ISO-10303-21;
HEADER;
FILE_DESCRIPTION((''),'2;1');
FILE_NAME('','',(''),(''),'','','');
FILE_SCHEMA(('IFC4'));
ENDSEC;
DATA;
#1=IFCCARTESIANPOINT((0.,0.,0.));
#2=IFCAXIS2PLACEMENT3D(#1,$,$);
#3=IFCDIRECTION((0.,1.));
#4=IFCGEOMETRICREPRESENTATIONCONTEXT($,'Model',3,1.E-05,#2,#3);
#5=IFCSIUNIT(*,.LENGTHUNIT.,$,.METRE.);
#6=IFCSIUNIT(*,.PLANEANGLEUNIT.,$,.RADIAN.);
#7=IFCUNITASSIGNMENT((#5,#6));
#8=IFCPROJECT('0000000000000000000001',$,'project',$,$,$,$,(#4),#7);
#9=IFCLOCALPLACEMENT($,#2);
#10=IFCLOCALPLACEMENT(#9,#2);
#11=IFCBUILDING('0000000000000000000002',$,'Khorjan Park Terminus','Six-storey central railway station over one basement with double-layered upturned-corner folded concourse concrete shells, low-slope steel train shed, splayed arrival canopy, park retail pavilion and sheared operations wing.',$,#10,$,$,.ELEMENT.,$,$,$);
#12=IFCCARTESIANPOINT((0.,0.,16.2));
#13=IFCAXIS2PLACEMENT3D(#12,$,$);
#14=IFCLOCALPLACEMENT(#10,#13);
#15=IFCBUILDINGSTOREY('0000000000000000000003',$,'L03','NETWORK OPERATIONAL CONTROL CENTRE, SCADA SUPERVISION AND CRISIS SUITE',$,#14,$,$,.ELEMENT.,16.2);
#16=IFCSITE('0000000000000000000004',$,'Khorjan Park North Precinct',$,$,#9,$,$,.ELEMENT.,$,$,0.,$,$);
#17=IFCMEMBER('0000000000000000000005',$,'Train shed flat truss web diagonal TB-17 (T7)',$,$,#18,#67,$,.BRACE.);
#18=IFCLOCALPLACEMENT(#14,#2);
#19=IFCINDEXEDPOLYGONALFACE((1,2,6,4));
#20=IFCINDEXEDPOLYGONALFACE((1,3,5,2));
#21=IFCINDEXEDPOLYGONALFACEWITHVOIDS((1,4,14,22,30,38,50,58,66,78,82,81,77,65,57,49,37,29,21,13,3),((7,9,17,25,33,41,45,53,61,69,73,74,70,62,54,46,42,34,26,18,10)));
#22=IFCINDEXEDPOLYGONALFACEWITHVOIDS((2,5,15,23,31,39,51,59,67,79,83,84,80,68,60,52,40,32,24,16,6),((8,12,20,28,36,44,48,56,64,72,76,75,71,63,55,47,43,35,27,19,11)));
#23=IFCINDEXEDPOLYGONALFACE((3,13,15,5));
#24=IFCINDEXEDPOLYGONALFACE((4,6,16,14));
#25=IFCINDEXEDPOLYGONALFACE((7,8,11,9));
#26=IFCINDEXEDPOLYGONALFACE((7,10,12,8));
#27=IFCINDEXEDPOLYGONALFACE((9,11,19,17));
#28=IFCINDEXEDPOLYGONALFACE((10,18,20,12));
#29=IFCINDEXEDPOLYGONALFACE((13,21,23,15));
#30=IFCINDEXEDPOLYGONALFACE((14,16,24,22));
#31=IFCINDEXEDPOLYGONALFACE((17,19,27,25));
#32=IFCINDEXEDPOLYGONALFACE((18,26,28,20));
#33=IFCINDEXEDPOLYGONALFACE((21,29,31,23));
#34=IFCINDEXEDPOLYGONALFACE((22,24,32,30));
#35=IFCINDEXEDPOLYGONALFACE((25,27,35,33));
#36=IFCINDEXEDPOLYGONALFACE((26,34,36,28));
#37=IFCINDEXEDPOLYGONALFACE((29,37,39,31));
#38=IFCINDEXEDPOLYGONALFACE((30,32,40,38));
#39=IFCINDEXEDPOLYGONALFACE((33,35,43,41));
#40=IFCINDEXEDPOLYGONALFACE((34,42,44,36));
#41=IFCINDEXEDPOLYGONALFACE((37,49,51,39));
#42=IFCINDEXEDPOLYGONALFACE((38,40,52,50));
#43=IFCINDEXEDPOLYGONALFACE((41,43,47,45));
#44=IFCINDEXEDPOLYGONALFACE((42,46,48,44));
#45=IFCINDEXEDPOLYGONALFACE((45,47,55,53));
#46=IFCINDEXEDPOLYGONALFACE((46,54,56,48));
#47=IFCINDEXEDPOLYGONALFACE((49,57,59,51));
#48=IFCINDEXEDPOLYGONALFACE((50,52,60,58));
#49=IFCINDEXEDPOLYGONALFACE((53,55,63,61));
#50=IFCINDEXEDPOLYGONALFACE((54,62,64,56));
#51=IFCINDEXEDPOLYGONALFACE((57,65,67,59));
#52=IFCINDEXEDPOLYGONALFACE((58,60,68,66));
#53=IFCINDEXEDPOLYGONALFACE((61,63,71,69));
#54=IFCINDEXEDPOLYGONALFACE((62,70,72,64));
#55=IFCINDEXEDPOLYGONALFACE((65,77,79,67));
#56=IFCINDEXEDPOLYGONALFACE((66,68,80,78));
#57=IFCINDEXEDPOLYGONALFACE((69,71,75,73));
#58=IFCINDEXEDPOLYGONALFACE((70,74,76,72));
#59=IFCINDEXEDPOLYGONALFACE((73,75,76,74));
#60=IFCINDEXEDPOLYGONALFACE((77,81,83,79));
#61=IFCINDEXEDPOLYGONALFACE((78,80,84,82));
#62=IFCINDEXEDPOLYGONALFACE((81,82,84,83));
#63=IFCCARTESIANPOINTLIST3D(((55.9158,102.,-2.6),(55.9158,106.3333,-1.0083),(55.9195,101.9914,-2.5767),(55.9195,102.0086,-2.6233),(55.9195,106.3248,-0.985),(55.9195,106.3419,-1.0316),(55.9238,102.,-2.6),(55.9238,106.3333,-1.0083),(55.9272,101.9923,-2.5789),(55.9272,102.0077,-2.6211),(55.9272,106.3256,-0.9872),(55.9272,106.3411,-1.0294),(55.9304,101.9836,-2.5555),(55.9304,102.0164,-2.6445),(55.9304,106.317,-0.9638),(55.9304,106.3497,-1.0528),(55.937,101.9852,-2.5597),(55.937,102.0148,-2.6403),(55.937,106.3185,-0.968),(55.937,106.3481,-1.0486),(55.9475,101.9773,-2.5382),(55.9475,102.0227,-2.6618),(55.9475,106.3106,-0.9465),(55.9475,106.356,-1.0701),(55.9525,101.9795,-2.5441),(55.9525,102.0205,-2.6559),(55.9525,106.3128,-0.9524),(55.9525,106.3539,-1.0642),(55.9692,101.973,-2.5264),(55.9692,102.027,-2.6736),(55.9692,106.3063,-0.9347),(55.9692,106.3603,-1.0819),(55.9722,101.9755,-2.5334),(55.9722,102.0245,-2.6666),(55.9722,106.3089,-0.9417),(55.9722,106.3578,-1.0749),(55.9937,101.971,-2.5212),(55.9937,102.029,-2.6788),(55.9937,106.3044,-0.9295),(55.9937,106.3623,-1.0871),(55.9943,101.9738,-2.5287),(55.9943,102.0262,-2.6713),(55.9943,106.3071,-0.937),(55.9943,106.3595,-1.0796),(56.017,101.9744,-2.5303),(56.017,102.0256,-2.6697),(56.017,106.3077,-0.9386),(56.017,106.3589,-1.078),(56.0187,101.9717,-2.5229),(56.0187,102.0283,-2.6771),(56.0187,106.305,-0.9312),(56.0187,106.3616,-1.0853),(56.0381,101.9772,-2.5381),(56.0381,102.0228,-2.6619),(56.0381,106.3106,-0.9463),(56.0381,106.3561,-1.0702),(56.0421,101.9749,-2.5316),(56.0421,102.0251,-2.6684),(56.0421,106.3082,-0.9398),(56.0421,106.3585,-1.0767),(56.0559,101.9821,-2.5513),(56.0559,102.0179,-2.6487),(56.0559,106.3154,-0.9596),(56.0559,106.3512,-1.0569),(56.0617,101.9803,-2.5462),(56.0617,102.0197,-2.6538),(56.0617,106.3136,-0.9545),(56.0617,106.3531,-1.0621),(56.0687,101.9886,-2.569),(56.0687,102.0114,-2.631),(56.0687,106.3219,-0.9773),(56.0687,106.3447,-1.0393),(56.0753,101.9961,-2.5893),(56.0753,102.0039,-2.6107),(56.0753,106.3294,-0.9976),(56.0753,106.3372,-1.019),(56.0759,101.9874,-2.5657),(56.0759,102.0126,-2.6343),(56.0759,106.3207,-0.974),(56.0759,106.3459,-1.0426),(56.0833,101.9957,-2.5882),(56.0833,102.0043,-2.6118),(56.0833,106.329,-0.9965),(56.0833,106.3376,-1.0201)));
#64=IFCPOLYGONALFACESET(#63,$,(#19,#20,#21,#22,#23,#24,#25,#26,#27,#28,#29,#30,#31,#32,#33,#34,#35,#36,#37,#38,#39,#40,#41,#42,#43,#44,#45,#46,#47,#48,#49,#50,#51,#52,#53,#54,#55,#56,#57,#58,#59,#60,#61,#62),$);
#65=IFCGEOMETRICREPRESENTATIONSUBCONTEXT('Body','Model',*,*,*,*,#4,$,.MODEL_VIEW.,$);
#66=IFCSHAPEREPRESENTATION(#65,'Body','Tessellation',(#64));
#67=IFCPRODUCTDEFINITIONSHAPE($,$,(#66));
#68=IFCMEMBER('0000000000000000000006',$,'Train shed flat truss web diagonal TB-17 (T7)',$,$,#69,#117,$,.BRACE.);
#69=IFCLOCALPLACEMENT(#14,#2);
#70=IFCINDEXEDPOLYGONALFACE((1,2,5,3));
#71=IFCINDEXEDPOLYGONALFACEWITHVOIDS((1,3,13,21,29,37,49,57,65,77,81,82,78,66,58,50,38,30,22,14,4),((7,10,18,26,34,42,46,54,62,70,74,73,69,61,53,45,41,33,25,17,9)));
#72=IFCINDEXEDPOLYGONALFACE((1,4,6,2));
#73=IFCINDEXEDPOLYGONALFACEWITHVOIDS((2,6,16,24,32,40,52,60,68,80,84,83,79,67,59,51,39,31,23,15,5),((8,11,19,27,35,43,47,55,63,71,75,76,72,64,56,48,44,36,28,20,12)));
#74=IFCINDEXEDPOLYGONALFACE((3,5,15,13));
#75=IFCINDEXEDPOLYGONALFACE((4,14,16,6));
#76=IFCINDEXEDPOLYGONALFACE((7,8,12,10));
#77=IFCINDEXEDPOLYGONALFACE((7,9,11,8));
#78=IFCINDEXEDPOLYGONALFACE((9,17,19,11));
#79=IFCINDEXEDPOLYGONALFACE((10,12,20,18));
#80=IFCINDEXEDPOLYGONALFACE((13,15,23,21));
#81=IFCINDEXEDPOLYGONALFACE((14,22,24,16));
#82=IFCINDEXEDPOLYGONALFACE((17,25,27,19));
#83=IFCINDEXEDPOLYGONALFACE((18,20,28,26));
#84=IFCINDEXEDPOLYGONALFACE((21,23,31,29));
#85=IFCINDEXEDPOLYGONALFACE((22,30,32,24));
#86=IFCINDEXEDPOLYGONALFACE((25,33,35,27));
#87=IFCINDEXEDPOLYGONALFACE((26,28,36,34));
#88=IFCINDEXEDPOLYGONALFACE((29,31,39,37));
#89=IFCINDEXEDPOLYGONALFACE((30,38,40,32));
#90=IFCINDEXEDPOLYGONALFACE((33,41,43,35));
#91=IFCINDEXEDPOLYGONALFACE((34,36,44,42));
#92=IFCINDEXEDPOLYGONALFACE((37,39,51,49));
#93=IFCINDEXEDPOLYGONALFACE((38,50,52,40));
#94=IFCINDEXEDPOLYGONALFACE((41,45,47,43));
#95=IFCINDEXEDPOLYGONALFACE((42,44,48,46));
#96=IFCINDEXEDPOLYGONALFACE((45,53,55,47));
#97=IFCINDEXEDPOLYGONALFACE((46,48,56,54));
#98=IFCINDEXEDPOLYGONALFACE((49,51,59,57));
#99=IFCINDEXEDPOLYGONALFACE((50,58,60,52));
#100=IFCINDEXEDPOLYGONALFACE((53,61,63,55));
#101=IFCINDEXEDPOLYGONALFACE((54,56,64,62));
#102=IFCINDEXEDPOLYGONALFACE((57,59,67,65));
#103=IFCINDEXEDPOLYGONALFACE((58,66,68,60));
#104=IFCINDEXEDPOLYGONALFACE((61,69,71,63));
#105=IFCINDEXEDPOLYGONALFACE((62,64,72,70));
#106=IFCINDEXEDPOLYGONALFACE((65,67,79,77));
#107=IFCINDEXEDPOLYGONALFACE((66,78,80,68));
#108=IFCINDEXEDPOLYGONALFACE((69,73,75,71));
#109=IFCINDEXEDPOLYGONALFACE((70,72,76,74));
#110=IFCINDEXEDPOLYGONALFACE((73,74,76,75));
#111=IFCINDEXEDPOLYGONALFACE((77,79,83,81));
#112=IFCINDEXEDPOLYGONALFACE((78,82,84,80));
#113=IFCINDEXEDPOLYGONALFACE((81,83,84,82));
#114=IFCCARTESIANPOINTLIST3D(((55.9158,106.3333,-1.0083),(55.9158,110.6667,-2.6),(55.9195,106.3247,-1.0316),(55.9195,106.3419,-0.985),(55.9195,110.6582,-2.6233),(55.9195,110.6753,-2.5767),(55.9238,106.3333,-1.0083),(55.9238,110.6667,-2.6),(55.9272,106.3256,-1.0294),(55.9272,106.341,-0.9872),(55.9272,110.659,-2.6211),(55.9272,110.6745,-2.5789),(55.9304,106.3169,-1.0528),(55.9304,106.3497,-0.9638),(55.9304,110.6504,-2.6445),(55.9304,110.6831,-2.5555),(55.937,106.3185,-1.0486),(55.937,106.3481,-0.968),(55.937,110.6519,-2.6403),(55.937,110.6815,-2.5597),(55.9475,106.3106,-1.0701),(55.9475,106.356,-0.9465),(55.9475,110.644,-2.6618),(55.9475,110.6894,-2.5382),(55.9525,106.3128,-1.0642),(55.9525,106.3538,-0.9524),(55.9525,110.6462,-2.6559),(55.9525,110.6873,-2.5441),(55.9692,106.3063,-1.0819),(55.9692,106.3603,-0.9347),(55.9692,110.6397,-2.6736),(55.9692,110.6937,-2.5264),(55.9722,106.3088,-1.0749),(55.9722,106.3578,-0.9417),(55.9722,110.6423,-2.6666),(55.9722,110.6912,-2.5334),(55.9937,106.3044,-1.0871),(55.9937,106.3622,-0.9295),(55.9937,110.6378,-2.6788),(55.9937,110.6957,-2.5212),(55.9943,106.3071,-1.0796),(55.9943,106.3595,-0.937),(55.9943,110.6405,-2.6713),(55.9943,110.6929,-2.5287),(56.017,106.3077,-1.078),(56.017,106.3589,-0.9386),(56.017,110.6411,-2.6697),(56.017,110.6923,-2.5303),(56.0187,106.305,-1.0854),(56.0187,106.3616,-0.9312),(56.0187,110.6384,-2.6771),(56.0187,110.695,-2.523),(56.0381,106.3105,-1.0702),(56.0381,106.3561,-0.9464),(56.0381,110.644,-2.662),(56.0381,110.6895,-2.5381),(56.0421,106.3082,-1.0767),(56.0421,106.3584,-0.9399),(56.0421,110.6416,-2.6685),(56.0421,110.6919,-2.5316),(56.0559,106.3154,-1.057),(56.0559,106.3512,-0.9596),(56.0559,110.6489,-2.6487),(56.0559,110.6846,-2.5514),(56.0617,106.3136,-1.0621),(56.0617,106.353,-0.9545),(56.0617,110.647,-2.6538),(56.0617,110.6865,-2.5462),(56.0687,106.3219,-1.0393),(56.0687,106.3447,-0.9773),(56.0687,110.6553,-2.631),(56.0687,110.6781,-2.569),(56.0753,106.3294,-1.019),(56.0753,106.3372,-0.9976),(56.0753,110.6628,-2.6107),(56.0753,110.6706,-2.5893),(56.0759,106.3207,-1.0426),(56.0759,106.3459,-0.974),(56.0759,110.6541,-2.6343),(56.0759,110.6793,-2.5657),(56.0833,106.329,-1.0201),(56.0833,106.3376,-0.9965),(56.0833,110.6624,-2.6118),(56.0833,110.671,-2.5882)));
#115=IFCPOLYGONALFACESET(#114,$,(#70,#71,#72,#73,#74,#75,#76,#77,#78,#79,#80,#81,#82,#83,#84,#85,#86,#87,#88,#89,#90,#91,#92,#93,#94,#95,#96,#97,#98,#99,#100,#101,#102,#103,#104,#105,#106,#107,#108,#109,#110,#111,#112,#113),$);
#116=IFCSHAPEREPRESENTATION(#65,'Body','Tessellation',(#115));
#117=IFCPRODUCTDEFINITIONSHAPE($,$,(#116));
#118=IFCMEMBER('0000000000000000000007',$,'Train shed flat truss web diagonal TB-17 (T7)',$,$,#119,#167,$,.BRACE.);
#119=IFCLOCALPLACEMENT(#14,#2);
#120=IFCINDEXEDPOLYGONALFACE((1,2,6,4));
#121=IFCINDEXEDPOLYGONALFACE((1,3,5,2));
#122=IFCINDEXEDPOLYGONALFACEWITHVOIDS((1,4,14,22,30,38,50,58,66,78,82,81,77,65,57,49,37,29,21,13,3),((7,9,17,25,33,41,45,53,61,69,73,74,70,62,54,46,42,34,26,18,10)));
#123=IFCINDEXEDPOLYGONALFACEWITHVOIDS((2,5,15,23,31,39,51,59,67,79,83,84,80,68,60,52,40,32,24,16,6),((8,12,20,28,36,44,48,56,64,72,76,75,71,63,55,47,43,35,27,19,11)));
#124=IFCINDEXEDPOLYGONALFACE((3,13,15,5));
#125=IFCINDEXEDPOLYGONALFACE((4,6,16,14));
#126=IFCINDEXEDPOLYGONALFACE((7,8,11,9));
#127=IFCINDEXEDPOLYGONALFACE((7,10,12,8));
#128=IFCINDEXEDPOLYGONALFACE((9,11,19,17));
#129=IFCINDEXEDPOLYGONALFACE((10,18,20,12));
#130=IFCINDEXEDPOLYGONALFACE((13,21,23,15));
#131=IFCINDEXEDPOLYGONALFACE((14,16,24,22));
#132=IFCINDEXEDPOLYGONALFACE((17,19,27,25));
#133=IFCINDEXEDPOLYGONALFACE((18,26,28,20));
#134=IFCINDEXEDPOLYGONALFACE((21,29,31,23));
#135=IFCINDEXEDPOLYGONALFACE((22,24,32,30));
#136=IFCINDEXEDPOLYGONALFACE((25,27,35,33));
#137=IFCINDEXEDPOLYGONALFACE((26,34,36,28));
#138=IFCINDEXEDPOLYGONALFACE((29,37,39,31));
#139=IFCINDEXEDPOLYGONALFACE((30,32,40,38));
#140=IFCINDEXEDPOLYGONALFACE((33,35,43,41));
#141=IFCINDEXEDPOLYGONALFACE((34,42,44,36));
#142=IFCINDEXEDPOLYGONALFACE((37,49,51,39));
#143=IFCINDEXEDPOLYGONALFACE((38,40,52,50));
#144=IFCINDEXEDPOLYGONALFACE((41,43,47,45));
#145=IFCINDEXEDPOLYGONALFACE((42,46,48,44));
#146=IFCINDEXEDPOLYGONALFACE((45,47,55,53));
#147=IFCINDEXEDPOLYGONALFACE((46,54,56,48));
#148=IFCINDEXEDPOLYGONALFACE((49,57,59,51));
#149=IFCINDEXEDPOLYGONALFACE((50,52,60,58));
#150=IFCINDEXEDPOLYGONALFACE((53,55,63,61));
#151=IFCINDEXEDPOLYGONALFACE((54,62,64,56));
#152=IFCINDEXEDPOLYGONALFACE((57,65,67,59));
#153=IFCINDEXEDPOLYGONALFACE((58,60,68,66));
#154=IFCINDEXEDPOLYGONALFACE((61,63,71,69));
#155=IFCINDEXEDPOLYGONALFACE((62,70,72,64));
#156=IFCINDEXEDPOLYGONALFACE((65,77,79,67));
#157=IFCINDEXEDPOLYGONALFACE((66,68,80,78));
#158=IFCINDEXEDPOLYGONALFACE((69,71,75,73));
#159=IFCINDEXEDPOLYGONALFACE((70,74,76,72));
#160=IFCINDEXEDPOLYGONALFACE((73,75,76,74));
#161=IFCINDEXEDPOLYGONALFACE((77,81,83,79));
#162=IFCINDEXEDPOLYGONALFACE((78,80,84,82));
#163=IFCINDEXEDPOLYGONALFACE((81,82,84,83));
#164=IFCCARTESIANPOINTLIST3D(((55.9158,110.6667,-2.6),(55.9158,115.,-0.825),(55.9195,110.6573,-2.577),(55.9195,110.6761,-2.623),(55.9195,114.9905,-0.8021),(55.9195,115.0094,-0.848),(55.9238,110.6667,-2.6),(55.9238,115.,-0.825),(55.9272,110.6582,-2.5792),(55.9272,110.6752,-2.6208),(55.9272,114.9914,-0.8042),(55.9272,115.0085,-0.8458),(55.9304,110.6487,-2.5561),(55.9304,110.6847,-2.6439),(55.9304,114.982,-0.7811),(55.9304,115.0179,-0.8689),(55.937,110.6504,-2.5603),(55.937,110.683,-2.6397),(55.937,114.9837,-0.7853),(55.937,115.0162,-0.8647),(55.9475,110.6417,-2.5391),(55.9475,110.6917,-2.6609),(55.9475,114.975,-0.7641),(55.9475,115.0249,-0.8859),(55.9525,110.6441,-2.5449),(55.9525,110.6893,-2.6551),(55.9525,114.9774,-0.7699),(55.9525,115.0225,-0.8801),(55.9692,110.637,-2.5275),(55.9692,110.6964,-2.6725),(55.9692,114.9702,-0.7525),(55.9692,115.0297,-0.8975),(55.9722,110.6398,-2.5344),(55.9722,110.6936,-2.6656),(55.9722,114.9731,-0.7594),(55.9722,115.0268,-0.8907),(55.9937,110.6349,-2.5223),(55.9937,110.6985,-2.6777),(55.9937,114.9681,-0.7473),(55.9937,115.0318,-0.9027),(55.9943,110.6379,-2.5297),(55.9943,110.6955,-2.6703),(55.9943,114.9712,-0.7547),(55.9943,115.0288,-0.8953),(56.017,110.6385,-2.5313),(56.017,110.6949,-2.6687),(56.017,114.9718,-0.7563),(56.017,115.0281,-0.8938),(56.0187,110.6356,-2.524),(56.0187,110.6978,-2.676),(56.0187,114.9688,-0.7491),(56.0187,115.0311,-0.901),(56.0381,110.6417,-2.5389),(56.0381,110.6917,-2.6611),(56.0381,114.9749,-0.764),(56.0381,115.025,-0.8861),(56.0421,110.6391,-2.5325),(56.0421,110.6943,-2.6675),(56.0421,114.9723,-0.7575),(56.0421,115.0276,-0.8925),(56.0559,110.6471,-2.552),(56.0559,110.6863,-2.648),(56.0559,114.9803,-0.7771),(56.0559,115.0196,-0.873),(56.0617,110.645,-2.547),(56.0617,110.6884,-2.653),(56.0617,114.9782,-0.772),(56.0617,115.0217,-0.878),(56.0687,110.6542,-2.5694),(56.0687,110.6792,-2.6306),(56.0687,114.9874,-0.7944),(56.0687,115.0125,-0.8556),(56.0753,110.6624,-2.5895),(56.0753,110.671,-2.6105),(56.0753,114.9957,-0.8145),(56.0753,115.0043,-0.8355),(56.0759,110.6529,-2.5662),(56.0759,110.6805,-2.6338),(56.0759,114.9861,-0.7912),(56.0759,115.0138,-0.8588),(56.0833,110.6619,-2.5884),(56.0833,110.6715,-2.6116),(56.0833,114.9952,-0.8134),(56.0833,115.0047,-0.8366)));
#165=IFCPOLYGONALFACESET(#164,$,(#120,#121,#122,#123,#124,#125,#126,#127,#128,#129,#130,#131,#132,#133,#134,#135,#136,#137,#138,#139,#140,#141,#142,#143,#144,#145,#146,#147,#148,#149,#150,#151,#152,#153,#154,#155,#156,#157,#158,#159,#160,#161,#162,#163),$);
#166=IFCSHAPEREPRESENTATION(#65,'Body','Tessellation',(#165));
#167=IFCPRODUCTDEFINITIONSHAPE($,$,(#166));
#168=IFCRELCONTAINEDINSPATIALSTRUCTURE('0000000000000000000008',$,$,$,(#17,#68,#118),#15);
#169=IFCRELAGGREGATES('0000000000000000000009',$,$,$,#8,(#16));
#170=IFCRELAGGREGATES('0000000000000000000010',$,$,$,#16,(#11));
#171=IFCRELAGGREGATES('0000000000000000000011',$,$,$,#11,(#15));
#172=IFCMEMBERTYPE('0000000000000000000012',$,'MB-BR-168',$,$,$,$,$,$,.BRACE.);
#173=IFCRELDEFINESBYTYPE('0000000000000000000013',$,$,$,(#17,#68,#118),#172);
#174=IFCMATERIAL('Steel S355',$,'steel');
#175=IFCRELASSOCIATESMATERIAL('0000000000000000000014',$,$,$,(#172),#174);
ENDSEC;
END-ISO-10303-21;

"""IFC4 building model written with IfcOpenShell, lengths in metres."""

from ifc_helpers import new_model, si_unit, direction, frame, origin, origin_2d, place, context, subcontext, project, spatial, hollow_circle, extrude, material, material_profile, profile_set, type_object, element, save


model = new_model("IFC4")

# Units and contexts
model_context = context("Model", 3, precision=1e-05, world=origin(), true_north=direction((0.0, 1.0)))
body_context = subcontext(model_context, "Body", "Model", "MODEL_VIEW")
ifc_project = project(units=[si_unit("LENGTHUNIT", "METRE"), si_unit("PLANEANGLEUNIT", "RADIAN")], contexts=[model_context])

# Site, building, storey
site_placement = place(None, origin())
site = spatial("IfcSite", under=ifc_project, at=site_placement, Name="Khorjan Park North Precinct", CompositionType="ELEMENT", RefElevation=0.0)
building_placement = place(site_placement, origin())
building = spatial("IfcBuilding", under=site, at=building_placement, Name="Khorjan Park Terminus", Description="Six-storey central railway station over one basement with double-layered upturned-corner folded concourse concrete shells, low-slope steel train shed, splayed arrival canopy, park retail pavilion and sheared operations wing.", CompositionType="ELEMENT")
storey_placement = place(building_placement, frame((0.0, 0.0, 16.2)))
storey = spatial("IfcBuildingStorey", under=building, at=storey_placement, Name="L03", Description="NETWORK OPERATIONAL CONTROL CENTRE, SCADA SUPERVISION AND CRISIS SUITE", CompositionType="ELEMENT", Elevation=16.2)

# Members
ifc_material = material(Name="Steel S355", Category="steel")
ifc_material_profile_1 = material_profile(ifc_material, hollow_circle(Radius=0.0842, WallThickness=0.008, at=origin_2d()), Name="CHS 168.3x8")
ifc_profile_set_1 = profile_set([ifc_material_profile_1], Name="Steel S355")
member_type_1 = type_object("IfcMemberType", Name="MB-BR-168", PredefinedType="BRACE", material=ifc_profile_set_1)
member_1_placement = place(storey_placement, frame((56.0, 102.0, -2.6), z_axis=(0.0, 0.938678, 0.344794), x_axis=(-1.0, 0.0, 0.0)))
element("IfcMember", 1, at=member_1_placement, inside=storey, type_object=member_type_1, Name="Train shed flat truss web diagonal TB-17 (T7)", PredefinedType="BRACE", context=body_context, shape_type="SweptSolid", body=[
    extrude(hollow_circle(Radius=0.0842, WallThickness=0.008, at=origin_2d()), origin(), (0.0, 0.0, 1.0), 4.6164),
])
member_2_placement = place(storey_placement, frame((56.0, 106.3333, -1.0083), z_axis=(0.0, 0.938681, -0.344787), x_axis=(-1.0, 0.0, 0.0)))
element("IfcMember", 2, at=member_2_placement, inside=storey, type_object=member_type_1, Name="Train shed flat truss web diagonal TB-17 (T7)", PredefinedType="BRACE", context=body_context, shape_type="SweptSolid", body=[
    extrude(hollow_circle(Radius=0.0842, WallThickness=0.008, at=origin_2d()), origin(), (0.0, 0.0, 1.0), 4.6165),
])
member_3_placement = place(storey_placement, frame((56.0, 110.6667, -2.6), z_axis=(0.0, 0.925376, 0.379051), x_axis=(-1.0, 0.0, 0.0)))
element("IfcMember", 3, at=member_3_placement, inside=storey, type_object=member_type_1, Name="Train shed flat truss web diagonal TB-17 (T7)", PredefinedType="BRACE", context=body_context, shape_type="SweptSolid", body=[
    extrude(hollow_circle(Radius=0.0842, WallThickness=0.008, at=origin_2d()), origin(), (0.0, 0.0, 1.0), 4.6827),
])

save(model, "model.ifc")
